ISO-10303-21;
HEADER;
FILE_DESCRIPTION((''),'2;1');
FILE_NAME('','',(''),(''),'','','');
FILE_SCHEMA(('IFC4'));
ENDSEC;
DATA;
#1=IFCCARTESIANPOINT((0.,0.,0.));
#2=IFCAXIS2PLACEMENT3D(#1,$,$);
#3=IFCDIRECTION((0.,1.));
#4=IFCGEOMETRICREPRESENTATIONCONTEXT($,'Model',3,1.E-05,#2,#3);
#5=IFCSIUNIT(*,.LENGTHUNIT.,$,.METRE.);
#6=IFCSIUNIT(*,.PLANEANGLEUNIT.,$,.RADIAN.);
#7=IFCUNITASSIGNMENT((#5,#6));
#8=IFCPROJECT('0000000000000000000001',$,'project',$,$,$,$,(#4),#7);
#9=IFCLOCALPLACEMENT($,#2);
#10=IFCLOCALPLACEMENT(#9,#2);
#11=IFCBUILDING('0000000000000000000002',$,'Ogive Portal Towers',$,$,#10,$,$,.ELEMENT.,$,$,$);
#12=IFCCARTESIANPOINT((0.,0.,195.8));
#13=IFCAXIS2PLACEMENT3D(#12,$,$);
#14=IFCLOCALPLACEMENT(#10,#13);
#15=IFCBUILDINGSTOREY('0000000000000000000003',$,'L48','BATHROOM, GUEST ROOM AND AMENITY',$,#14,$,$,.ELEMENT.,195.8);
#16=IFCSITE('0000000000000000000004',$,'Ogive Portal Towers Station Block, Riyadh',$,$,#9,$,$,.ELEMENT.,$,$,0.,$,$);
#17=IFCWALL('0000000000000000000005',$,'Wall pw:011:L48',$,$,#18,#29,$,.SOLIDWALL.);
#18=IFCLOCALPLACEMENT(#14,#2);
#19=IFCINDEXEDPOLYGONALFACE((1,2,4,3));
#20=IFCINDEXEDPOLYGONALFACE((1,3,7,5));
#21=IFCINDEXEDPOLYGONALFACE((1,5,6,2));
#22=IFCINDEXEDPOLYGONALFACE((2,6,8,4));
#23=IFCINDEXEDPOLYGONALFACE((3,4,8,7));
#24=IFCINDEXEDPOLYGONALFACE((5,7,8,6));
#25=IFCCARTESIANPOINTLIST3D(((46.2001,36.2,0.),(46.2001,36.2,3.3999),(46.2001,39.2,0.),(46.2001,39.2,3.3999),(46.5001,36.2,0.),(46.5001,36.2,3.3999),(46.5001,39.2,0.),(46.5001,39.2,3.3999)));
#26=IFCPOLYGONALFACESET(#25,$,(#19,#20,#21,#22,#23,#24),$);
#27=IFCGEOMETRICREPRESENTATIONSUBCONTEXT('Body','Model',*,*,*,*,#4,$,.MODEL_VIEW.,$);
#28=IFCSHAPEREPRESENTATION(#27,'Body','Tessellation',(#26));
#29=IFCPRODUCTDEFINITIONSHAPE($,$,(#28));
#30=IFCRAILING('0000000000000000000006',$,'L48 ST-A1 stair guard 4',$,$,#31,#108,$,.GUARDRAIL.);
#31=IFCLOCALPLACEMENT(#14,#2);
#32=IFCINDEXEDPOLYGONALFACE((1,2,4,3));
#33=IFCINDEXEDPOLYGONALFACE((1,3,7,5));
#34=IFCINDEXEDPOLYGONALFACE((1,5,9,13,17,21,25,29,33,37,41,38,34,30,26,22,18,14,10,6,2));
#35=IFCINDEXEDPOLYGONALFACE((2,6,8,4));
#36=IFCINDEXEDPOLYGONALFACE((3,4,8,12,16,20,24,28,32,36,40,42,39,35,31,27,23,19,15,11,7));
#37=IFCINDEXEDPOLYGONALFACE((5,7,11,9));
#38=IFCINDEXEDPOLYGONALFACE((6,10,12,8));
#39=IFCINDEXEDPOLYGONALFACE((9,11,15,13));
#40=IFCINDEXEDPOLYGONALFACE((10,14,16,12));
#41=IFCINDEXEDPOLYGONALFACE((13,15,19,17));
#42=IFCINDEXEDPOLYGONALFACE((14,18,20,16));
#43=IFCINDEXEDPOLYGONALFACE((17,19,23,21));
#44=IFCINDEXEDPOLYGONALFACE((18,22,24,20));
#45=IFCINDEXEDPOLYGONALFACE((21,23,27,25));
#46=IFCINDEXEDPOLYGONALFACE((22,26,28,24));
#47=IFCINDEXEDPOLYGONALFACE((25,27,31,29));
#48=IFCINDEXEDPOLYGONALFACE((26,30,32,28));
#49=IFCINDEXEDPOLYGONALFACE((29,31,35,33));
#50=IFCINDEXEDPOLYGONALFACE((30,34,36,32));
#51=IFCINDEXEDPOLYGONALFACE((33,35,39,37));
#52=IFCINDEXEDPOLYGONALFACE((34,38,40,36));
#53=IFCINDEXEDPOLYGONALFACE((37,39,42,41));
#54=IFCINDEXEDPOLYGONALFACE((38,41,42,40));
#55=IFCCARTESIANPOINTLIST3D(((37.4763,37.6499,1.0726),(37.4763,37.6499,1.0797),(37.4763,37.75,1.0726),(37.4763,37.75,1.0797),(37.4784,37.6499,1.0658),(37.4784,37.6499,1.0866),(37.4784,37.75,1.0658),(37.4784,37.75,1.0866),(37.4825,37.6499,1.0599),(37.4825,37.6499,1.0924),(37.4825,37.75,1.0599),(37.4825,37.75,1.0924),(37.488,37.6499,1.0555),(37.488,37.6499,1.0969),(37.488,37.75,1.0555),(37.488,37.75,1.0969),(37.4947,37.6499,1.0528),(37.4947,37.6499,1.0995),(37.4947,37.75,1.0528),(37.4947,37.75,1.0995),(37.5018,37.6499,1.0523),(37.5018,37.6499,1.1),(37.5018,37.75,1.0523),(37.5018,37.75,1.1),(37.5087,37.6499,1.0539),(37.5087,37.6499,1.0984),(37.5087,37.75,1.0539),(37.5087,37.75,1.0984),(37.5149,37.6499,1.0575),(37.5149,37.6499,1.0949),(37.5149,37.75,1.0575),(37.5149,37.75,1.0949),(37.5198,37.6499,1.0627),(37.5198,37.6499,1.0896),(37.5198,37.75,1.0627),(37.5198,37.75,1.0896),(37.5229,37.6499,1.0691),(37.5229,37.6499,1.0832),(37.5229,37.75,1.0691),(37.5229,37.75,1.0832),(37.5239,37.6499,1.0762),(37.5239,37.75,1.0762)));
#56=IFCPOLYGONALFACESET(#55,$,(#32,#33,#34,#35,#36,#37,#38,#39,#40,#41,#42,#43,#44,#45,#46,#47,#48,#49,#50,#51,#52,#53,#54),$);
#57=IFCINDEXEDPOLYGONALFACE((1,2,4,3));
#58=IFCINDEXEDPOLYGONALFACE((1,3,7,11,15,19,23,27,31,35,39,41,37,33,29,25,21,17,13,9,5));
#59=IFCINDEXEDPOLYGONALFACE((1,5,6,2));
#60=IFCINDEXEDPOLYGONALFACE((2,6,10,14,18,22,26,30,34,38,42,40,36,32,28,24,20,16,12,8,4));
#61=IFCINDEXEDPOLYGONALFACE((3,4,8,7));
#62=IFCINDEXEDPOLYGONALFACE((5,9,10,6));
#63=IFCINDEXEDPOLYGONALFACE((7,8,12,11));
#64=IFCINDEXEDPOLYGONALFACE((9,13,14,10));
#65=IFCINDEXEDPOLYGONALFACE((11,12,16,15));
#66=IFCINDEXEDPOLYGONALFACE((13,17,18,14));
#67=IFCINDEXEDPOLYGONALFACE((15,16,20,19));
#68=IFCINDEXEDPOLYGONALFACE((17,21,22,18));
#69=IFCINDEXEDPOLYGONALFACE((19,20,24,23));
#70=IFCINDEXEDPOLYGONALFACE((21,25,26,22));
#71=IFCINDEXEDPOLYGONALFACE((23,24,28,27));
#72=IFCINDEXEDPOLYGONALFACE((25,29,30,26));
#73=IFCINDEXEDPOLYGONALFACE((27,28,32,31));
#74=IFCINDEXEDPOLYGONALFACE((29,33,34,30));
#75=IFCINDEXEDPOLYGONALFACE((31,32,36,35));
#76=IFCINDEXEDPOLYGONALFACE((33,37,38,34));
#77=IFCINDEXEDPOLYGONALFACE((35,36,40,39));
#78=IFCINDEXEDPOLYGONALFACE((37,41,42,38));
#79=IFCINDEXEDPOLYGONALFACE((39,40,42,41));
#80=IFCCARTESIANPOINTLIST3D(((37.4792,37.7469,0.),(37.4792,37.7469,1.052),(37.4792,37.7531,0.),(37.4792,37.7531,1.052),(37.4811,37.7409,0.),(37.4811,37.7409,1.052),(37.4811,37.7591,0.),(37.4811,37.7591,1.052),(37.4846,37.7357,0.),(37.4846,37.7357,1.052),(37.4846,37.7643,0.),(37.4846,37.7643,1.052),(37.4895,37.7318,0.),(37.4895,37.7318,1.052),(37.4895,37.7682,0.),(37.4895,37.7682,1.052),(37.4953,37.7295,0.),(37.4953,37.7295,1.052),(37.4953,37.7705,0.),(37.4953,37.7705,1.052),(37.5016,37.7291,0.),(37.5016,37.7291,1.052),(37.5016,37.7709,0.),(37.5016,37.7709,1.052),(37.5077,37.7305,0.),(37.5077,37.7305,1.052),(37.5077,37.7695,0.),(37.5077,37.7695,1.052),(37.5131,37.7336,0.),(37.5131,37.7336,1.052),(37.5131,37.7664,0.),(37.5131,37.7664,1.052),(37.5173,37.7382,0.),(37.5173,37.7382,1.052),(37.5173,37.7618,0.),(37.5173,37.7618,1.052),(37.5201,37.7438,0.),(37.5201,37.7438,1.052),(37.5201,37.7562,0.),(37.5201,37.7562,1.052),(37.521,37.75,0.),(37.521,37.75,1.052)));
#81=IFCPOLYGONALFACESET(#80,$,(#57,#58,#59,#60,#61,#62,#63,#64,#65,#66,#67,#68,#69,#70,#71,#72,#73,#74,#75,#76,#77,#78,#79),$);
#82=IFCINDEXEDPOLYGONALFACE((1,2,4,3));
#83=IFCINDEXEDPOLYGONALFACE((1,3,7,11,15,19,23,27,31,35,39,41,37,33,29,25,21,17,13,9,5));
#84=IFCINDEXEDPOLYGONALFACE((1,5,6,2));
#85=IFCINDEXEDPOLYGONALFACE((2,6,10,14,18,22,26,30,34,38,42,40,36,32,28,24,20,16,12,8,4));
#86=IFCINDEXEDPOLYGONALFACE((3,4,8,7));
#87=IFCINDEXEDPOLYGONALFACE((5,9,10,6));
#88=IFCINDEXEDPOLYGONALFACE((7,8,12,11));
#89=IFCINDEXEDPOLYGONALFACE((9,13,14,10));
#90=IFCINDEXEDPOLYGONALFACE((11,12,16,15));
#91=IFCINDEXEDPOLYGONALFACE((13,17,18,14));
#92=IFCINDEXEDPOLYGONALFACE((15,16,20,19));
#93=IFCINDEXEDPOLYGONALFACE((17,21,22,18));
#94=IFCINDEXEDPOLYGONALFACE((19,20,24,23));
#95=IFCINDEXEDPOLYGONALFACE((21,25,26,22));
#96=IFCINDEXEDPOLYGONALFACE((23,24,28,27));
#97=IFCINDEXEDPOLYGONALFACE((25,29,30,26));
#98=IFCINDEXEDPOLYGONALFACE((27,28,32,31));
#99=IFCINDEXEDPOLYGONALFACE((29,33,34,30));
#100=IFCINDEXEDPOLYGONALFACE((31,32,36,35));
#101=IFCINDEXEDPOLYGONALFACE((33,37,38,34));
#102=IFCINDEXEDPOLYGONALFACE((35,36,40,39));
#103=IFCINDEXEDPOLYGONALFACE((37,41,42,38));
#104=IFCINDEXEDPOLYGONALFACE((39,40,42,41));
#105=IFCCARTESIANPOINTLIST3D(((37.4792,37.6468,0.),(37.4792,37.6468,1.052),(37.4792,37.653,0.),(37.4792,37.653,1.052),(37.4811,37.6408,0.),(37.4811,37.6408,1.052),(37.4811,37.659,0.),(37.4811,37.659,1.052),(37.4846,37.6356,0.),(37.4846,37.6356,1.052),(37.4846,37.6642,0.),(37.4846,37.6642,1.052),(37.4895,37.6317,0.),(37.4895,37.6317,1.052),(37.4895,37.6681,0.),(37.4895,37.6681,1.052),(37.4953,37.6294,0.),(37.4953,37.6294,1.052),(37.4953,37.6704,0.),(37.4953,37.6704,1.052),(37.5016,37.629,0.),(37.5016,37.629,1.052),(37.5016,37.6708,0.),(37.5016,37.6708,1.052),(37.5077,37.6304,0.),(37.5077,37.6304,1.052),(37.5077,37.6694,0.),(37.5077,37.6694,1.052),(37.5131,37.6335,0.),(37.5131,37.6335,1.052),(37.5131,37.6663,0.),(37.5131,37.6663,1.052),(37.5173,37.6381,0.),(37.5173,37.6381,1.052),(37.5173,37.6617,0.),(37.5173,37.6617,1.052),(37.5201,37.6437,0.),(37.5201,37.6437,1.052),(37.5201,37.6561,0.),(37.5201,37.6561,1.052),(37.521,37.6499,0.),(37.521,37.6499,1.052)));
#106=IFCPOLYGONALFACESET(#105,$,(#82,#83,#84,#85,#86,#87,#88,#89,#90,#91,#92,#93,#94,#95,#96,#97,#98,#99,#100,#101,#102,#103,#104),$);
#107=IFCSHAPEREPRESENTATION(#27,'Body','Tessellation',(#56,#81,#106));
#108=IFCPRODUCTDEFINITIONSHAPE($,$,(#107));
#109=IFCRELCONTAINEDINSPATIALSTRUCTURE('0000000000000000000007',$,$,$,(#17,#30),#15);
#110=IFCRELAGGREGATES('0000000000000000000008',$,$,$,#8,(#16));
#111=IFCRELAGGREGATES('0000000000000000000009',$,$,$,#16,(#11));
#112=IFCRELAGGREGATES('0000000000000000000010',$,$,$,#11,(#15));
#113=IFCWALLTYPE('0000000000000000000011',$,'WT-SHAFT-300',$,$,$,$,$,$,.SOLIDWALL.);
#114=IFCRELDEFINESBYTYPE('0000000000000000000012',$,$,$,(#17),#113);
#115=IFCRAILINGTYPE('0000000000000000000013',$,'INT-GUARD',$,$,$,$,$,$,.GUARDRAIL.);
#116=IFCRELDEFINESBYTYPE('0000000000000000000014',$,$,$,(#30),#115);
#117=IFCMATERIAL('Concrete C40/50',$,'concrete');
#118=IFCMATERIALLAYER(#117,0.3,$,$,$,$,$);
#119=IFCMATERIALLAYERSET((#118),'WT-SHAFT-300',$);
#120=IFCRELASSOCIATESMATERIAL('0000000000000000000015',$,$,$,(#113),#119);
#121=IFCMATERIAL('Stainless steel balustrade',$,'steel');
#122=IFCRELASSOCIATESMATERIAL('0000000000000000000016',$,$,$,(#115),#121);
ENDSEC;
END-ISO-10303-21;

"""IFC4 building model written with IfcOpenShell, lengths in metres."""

from ifc_helpers import new_model, si_unit, direction, frame, frame_2d, origin, origin_2d, place, context, subcontext, project, spatial, rectangle, circle, extrude, material, layer, layer_set, type_object, element, save


model = new_model("IFC4")

# Units and contexts
model_context = context("Model", 3, precision=1e-05, world=origin(), true_north=direction((0.0, 1.0)))
body_context = subcontext(model_context, "Body", "Model", "MODEL_VIEW")
ifc_project = project(units=[si_unit("LENGTHUNIT", "METRE"), si_unit("PLANEANGLEUNIT", "RADIAN")], contexts=[model_context])

# Site, building, storey
site_placement = place(None, origin())
site = spatial("IfcSite", under=ifc_project, at=site_placement, Name="Ogive Portal Towers Station Block, Riyadh", CompositionType="ELEMENT", RefElevation=0.0)
building_placement = place(site_placement, origin())
building = spatial("IfcBuilding", under=site, at=building_placement, Name="Ogive Portal Towers", CompositionType="ELEMENT")
storey_placement = place(building_placement, frame((0.0, 0.0, 195.8)))
storey = spatial("IfcBuildingStorey", under=building, at=storey_placement, Name="L48", Description="BATHROOM, GUEST ROOM AND AMENITY", CompositionType="ELEMENT", Elevation=195.8)

# Wall
ifc_material_1 = material(Name="Concrete C40/50", Category="concrete")
ifc_layer_1 = layer(ifc_material_1, 0.3)
ifc_layer_set_1 = layer_set([ifc_layer_1], Name="WT-SHAFT-300")
wall_type_1 = type_object("IfcWallType", Name="WT-SHAFT-300", PredefinedType="SOLIDWALL", material=ifc_layer_set_1)
wall_1_placement = place(storey_placement, frame((46.3501, 36.2, 0.0), z_axis=(0.0, 0.0, 1.0), x_axis=(0.0, 1.0, 0.0)))
element("IfcWall", 1, at=wall_1_placement, inside=storey, type_object=wall_type_1, Name="Wall pw:011:L48", PredefinedType="SOLIDWALL", context=body_context, shape_type="SweptSolid", body=[
    extrude(rectangle(XDim=3.0, YDim=0.3, at=frame_2d((1.5, 0.0))), origin(), (0.0, 0.0, 1.0), 3.3999),
])

# Railing
ifc_material_2 = material(Name="Stainless steel balustrade", Category="steel")
railing_type_1 = type_object("IfcRailingType", Name="INT-GUARD", PredefinedType="GUARDRAIL", material=ifc_material_2)
railing_1_placement = place(storey_placement, frame((37.5, 37.75, 0.0)))
element("IfcRailing", 2, at=railing_1_placement, inside=storey, type_object=railing_type_1, Name="L48 ST-A1 stair guard 4", PredefinedType="GUARDRAIL", context=body_context, shape_type="SweptSolid", body=[
    extrude(circle(Radius=0.0239, at=origin_2d()), frame((0.0, 0.0, 1.0762), z_axis=(0.0, -1.0, 0.0), x_axis=(1.0, 0.0, 0.0)), (0.0, 0.0, 1.0), 0.1001),
    extrude(circle(Radius=0.021, at=origin_2d()), origin(), (0.0, 0.0, 1.0), 1.052),
    extrude(circle(Radius=0.021, at=origin_2d()), frame((0.0, -0.1001, 0.0)), (0.0, 0.0, 1.0), 1.052),
])

save(model, "model.ifc")
